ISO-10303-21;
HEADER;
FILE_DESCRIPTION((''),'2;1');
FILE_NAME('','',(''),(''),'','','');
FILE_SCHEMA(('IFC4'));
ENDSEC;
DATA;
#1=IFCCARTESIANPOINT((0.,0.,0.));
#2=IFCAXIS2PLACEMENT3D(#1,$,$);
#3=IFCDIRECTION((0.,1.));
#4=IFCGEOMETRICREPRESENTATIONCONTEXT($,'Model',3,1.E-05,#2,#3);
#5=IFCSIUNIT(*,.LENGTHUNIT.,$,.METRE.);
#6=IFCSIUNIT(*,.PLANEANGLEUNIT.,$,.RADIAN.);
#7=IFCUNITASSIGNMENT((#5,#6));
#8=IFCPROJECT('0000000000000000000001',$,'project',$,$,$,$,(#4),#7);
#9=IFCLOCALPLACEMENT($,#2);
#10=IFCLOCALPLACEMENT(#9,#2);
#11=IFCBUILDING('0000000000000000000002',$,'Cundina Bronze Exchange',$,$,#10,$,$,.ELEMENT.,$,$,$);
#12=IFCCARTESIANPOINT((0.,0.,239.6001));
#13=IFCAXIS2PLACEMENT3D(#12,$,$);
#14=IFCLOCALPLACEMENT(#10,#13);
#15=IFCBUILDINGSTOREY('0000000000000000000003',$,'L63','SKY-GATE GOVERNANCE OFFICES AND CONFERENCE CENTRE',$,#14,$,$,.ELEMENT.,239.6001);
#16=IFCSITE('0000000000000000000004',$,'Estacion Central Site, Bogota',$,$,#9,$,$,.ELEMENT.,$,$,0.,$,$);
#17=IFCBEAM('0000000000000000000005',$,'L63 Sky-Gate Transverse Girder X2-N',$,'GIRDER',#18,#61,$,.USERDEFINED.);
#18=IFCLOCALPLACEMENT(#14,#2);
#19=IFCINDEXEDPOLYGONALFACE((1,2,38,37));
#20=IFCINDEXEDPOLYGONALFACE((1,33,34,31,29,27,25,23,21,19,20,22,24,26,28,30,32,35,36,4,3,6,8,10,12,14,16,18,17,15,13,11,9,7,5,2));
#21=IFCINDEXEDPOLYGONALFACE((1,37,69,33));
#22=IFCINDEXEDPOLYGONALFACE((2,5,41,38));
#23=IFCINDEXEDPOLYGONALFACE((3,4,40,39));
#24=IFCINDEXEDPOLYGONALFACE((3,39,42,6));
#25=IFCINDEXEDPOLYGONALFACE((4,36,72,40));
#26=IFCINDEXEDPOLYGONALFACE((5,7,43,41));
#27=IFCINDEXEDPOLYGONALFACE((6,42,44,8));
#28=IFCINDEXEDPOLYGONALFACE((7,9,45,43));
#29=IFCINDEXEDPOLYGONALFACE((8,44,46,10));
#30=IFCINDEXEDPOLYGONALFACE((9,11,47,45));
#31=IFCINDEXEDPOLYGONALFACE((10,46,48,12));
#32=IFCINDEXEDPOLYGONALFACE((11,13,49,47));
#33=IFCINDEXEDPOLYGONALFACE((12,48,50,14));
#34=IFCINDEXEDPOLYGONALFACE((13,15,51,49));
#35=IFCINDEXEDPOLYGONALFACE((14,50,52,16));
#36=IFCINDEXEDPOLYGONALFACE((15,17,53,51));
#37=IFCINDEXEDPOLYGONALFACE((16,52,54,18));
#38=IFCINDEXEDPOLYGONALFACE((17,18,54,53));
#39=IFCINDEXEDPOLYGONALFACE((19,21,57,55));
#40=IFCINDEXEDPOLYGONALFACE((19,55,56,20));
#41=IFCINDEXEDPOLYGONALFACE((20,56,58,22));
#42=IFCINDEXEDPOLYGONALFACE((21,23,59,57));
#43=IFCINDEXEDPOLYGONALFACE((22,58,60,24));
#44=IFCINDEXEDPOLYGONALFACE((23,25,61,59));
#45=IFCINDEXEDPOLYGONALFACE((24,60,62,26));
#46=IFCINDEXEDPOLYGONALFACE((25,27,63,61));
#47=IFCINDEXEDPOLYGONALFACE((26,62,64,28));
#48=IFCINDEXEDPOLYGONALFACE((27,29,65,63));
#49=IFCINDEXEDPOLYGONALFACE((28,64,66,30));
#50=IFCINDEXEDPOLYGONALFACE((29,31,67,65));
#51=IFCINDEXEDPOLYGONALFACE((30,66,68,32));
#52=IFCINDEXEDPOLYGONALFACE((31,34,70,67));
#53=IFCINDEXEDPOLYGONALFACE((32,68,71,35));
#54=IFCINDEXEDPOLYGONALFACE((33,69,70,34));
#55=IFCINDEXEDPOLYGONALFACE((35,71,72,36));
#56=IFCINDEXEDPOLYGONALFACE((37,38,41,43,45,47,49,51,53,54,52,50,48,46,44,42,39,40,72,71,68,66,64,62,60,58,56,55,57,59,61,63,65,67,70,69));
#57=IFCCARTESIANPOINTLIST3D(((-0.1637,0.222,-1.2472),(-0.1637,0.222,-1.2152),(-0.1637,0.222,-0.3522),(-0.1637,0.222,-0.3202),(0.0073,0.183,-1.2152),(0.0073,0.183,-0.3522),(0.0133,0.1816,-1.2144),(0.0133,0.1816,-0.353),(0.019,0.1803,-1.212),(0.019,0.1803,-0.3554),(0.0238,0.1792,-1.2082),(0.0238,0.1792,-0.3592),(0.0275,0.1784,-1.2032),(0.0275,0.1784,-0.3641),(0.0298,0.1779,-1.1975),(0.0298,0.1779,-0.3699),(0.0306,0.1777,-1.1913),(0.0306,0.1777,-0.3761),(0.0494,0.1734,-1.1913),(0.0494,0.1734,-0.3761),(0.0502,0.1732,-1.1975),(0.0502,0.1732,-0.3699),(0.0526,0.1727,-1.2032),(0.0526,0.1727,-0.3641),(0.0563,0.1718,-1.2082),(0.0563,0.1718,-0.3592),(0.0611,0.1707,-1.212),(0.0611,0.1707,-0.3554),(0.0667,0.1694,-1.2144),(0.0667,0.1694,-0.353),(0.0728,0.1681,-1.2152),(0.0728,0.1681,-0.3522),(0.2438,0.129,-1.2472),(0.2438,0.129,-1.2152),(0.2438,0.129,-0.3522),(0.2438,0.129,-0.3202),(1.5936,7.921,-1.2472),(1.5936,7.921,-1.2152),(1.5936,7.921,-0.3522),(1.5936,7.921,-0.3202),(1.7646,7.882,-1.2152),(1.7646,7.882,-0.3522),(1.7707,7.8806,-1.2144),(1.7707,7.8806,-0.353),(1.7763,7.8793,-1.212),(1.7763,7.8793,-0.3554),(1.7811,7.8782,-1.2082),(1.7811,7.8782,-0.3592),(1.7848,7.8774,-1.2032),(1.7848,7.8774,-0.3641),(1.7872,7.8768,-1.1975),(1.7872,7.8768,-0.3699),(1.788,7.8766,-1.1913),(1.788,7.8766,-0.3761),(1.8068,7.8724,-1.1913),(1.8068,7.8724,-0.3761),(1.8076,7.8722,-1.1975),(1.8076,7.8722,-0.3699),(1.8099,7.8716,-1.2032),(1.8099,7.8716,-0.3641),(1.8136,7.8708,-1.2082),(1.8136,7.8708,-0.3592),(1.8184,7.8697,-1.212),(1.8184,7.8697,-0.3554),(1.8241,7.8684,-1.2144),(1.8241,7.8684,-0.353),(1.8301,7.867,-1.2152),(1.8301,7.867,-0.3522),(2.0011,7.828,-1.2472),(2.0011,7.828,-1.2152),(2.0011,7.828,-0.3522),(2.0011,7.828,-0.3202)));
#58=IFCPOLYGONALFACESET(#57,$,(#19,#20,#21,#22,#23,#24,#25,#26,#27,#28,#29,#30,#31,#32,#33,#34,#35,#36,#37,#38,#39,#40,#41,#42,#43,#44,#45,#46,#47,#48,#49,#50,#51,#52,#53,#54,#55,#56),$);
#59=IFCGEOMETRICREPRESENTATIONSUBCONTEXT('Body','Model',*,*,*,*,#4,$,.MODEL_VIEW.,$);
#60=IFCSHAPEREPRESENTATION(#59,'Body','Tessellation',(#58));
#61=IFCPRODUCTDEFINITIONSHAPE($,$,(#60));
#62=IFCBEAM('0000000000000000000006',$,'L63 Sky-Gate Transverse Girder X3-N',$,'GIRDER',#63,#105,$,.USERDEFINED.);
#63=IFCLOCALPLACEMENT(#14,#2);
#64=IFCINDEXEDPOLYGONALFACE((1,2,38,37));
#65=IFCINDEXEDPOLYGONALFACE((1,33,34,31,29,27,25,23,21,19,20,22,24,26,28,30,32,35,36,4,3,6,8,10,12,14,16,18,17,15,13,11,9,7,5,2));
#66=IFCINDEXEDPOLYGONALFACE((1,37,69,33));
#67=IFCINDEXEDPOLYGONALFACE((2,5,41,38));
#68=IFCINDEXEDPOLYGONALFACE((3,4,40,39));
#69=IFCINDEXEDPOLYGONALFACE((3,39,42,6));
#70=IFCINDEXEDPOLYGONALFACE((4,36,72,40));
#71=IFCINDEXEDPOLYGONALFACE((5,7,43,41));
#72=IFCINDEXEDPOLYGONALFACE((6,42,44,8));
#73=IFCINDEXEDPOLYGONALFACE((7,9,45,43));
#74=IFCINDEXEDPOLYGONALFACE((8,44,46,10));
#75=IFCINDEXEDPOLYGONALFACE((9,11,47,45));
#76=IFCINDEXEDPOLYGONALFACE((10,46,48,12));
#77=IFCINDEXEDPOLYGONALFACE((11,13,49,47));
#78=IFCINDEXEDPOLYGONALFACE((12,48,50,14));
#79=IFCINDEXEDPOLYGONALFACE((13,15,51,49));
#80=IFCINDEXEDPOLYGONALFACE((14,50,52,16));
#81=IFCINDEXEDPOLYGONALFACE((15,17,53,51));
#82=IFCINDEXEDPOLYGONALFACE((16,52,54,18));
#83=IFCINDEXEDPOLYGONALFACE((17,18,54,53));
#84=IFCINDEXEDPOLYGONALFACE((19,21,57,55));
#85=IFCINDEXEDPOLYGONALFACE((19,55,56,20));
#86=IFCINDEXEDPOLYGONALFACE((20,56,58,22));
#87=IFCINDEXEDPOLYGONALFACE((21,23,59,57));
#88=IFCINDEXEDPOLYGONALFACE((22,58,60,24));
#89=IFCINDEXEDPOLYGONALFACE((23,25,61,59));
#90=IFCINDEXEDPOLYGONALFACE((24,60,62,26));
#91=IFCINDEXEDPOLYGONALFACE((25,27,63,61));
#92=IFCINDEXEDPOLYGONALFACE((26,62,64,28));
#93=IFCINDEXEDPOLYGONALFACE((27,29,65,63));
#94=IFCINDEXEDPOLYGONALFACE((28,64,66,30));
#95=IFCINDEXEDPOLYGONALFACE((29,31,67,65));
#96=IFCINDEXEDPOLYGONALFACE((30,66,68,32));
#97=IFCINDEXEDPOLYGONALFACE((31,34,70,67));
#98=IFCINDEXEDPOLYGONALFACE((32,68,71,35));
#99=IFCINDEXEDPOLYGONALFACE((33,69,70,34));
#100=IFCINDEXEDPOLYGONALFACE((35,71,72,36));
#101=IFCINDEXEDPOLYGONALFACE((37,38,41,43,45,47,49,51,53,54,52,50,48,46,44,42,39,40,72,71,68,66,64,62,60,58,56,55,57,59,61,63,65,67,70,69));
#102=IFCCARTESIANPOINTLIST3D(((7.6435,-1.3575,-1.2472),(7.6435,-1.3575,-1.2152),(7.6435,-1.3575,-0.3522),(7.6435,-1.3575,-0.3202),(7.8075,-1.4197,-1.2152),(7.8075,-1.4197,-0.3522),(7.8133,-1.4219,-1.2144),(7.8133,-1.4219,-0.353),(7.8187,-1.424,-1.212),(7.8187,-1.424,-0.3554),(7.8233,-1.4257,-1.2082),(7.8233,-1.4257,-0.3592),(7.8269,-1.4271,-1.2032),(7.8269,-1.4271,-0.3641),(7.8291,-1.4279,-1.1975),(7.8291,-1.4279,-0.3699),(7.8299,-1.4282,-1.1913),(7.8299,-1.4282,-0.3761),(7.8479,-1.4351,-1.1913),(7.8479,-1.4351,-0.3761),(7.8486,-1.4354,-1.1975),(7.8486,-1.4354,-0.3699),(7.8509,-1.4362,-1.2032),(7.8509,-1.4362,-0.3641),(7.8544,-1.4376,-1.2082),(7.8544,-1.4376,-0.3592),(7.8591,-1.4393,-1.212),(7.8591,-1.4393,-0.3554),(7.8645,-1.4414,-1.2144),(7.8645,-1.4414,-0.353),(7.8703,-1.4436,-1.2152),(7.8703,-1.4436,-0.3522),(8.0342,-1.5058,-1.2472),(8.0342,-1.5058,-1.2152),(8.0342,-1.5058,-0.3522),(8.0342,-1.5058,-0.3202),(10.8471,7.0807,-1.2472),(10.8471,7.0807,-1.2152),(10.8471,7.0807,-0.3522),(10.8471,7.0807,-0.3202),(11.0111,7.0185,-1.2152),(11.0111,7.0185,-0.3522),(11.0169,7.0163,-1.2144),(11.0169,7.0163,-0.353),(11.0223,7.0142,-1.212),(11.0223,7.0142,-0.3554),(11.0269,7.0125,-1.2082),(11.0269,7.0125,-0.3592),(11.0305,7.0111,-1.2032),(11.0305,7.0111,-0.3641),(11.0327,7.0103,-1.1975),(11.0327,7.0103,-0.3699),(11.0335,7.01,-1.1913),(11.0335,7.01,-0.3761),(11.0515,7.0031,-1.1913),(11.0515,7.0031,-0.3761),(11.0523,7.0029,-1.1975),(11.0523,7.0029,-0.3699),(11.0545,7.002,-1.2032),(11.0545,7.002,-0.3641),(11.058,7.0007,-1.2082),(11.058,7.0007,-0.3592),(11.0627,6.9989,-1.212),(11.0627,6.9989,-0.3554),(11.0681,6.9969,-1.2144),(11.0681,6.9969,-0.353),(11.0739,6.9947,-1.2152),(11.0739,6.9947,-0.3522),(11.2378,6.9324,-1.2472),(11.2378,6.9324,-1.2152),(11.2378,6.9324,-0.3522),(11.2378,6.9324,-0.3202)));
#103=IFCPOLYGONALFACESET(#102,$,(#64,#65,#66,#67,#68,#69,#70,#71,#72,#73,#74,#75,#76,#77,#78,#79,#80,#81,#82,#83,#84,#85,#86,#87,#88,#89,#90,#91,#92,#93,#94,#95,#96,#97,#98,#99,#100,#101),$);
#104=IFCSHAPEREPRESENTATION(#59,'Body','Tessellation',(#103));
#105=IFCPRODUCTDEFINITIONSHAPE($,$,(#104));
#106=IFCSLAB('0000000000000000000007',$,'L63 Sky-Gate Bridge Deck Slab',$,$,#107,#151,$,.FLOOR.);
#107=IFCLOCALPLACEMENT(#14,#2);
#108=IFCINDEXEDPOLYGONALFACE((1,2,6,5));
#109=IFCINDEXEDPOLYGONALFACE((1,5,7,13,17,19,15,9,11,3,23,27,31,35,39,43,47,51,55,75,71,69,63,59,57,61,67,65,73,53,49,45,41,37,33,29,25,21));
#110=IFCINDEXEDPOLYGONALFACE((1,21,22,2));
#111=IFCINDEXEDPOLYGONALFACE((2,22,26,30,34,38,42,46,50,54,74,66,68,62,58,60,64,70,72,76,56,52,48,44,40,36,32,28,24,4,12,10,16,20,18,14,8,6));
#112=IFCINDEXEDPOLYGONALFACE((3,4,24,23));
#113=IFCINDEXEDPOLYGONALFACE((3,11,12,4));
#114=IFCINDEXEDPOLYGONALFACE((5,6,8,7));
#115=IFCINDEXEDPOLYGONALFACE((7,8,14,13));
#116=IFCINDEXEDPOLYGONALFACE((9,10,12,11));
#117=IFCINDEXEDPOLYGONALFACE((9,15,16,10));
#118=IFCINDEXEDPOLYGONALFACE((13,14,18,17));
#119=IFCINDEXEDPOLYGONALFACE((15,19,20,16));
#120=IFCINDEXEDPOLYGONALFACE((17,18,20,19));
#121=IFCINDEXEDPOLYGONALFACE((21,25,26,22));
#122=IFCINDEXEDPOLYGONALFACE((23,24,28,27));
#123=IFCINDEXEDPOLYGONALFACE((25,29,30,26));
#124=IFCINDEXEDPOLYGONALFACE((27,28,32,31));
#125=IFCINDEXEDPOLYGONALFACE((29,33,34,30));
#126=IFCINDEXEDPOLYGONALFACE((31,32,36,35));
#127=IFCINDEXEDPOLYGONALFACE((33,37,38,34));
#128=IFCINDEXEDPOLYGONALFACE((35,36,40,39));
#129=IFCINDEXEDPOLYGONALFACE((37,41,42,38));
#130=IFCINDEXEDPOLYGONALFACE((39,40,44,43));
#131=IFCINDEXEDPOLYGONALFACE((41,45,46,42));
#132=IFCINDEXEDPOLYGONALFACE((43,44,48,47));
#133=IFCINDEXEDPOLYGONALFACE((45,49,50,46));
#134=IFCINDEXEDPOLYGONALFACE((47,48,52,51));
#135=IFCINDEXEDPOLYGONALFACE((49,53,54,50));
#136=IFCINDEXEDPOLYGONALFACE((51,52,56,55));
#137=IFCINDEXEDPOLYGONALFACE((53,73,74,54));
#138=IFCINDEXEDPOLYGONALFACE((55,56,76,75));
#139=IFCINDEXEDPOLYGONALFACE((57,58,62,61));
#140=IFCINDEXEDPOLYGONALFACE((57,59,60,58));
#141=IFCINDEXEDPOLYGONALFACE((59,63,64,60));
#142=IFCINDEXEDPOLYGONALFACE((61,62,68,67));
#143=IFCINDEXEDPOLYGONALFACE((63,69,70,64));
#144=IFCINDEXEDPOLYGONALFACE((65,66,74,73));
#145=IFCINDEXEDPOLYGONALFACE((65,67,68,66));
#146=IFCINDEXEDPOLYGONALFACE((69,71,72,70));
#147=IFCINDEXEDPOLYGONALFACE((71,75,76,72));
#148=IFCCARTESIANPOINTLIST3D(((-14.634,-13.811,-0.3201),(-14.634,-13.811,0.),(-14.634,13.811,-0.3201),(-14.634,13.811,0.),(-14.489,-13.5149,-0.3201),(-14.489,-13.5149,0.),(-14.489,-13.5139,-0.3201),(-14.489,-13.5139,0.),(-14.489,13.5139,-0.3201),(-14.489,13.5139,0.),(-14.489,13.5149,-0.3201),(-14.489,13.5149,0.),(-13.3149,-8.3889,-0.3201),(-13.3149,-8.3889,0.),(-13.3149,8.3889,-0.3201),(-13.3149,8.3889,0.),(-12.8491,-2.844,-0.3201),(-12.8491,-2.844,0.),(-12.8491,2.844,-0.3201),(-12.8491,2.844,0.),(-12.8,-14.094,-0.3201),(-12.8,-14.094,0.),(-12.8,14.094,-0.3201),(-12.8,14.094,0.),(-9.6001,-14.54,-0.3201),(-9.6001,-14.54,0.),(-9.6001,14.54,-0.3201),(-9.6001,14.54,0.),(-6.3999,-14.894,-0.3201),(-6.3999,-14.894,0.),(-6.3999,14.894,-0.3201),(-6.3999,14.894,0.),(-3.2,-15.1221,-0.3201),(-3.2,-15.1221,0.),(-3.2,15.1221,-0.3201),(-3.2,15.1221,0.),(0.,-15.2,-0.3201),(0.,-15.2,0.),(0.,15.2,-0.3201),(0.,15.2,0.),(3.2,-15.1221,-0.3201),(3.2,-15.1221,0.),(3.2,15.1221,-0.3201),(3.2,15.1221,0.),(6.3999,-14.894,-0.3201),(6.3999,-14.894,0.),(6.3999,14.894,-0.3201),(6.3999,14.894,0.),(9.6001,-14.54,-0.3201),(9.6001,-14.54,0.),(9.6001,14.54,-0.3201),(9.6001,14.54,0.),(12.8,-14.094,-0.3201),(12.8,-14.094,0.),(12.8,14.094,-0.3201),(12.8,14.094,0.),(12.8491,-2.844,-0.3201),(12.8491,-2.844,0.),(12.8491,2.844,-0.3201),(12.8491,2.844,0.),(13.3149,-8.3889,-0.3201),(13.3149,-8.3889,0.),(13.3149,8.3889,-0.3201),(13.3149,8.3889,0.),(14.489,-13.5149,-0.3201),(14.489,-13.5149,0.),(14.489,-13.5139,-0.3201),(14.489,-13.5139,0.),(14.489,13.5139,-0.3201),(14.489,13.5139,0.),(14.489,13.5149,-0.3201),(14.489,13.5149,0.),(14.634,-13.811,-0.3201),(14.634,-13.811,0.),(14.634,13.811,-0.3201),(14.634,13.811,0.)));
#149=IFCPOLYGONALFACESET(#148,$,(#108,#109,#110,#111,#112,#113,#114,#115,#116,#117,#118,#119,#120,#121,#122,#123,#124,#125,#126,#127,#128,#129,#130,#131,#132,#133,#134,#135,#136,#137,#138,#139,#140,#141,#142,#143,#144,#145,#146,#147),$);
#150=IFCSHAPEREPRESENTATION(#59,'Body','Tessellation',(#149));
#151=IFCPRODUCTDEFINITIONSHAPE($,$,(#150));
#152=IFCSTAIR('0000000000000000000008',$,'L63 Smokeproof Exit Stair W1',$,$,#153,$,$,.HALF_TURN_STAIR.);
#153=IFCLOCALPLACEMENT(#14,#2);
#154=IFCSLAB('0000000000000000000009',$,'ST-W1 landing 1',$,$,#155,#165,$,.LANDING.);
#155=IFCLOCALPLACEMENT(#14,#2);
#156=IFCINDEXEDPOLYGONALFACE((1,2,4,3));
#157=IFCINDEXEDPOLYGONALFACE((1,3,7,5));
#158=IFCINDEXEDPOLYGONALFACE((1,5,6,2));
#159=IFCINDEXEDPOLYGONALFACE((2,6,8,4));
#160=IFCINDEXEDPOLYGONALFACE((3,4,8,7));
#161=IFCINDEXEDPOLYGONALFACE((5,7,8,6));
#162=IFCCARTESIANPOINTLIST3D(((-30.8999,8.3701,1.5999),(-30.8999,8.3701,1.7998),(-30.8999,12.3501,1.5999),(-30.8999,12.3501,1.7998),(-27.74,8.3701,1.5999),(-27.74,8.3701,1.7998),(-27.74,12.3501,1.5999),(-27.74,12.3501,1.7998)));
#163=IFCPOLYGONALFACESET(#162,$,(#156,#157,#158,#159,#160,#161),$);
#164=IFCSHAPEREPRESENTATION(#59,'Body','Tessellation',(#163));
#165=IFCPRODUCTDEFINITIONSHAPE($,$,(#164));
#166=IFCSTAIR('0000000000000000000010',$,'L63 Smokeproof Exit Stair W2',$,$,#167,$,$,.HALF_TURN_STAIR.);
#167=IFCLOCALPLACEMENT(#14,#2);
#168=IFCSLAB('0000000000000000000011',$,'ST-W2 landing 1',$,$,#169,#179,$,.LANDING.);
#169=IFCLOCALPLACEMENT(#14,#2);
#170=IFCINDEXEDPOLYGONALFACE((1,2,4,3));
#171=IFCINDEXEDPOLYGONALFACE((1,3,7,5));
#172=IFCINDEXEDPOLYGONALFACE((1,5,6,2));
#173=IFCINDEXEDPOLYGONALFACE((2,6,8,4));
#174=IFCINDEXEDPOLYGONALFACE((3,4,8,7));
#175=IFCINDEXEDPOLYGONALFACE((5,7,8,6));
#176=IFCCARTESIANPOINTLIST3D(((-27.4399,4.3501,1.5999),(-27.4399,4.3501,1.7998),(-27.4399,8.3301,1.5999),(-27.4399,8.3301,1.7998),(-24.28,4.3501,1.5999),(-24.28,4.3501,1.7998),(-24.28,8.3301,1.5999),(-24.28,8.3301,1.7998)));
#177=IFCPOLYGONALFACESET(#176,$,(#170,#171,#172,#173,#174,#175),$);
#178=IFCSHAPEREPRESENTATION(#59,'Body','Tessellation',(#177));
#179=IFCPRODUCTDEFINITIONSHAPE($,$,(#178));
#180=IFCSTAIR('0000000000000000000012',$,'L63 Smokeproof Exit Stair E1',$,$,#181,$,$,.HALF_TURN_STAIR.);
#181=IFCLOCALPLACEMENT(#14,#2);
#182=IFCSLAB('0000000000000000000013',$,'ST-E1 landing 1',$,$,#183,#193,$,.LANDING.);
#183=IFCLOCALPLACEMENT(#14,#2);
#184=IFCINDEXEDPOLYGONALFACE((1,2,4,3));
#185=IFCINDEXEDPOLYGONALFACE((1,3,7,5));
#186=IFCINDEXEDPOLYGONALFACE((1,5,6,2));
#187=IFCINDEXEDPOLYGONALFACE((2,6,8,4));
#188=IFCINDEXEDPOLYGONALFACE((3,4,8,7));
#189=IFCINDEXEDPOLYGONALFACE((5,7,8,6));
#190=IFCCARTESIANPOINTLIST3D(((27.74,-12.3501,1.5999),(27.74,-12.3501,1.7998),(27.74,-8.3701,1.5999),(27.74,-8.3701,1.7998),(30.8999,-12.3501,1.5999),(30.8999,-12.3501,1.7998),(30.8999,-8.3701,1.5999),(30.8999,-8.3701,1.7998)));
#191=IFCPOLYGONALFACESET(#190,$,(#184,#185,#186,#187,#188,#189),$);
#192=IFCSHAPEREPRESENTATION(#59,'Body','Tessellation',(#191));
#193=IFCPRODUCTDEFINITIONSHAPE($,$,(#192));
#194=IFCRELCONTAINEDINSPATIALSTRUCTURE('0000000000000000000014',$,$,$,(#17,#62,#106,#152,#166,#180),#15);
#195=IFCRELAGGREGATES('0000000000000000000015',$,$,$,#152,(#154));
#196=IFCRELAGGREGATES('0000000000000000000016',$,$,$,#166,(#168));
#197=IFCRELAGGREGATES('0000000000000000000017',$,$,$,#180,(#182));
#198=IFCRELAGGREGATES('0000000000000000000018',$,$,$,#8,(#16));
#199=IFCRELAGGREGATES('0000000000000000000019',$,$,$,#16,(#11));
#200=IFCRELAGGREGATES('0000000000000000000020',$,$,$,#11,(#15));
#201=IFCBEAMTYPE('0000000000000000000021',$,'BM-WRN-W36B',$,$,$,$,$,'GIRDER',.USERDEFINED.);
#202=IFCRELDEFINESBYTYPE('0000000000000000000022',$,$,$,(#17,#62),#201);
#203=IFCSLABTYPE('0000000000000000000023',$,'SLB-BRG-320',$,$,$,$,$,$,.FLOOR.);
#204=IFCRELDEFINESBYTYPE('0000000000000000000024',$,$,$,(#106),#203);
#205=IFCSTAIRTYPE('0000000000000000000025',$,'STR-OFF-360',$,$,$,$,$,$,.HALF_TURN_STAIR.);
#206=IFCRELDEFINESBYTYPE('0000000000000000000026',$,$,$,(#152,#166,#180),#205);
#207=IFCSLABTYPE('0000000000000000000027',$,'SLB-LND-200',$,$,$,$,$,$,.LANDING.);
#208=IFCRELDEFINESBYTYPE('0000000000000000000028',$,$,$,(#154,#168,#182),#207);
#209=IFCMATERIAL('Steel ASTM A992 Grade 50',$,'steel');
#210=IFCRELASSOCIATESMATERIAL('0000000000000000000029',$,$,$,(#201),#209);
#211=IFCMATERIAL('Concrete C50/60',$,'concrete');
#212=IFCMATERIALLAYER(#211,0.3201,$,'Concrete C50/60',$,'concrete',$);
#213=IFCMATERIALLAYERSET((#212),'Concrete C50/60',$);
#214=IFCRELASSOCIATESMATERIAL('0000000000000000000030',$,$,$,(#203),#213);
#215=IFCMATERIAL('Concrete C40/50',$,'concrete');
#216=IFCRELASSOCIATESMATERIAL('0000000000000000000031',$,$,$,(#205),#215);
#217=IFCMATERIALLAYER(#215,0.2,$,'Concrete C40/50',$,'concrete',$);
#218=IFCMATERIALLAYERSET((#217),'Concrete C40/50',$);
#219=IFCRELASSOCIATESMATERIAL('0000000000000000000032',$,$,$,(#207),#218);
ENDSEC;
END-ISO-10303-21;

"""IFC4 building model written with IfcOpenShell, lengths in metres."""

from ifc_helpers import new_model, si_unit, direction, frame, origin, origin_2d, place, context, subcontext, project, spatial, polyline, i_section, outline, extrude, material, layer, layer_set, material_profile, profile_set, type_object, element, aggregate, save


model = new_model("IFC4")

# Units and contexts
model_context = context("Model", 3, precision=1e-05, world=origin(), true_north=direction((0.0, 1.0)))
body_context = subcontext(model_context, "Body", "Model", "MODEL_VIEW")
ifc_project = project(units=[si_unit("LENGTHUNIT", "METRE"), si_unit("PLANEANGLEUNIT", "RADIAN")], contexts=[model_context])

# Site, building, storey
site_placement = place(None, origin())
site = spatial("IfcSite", under=ifc_project, at=site_placement, Name="Estacion Central Site, Bogota", CompositionType="ELEMENT", RefElevation=0.0)
building_placement = place(site_placement, origin())
building = spatial("IfcBuilding", under=site, at=building_placement, Name="Cundina Bronze Exchange", CompositionType="ELEMENT")
storey_placement = place(building_placement, frame((0.0, 0.0, 239.6001)))
storey = spatial("IfcBuildingStorey", under=building, at=storey_placement, Name="L63", Description="SKY-GATE GOVERNANCE OFFICES AND CONFERENCE CENTRE", CompositionType="ELEMENT", Elevation=239.6001)

# Shared definitions
ifc_material_1 = material(Name="Steel ASTM A992 Grade 50", Category="steel")

# Beams
ifc_material_profile_1 = material_profile(ifc_material_1, i_section(OverallWidth=0.418, OverallDepth=0.927, WebThickness=0.0193, FlangeThickness=0.032, FilletRadius=0.0239, at=origin_2d()), Name="W36X231", Category="steel")
ifc_profile_set_1 = profile_set([ifc_material_profile_1], Name="Steel ASTM A992 Grade 50")
beam_type_1 = type_object("IfcBeamType", Name="BM-WRN-W36B", ElementType="GIRDER", PredefinedType="USERDEFINED", material=ifc_profile_set_1)
beam_1_placement = place(storey_placement, frame((0.04, 0.1755, -0.7837), z_axis=(0.222531, 0.974926, 0.0), x_axis=(-0.974926, 0.222531, 0.0)))
element("IfcBeam", 1, at=beam_1_placement, inside=storey, type_object=beam_type_1, Name="L63 Sky-Gate Transverse Girder X2-N", ObjectType="GIRDER", PredefinedType="USERDEFINED", context=body_context, shape_type="SweptSolid", body=[
    extrude(i_section(OverallWidth=0.418, OverallDepth=0.927, WebThickness=0.0193, FlangeThickness=0.032, FilletRadius=0.0239, at=origin_2d()), origin(), (0.0, 0.0, 1.0), 7.897),
])
beam_2_placement = place(storey_placement, frame((7.8389, -1.4316, -0.7837), z_axis=(0.354936, 0.934891, 0.0), x_axis=(-0.934891, 0.354936, 0.0)))
element("IfcBeam", 2, at=beam_2_placement, inside=storey, type_object=beam_type_1, Name="L63 Sky-Gate Transverse Girder X3-N", ObjectType="GIRDER", PredefinedType="USERDEFINED", context=body_context, shape_type="SweptSolid", body=[
    extrude(i_section(OverallWidth=0.418, OverallDepth=0.927, WebThickness=0.0193, FlangeThickness=0.032, FilletRadius=0.0239, at=origin_2d()), origin(), (0.0, 0.0, 1.0), 9.0259),
])

# Slab
ifc_material_2 = material(Name="Concrete C50/60", Category="concrete")
ifc_layer_1 = layer(ifc_material_2, 0.3201, Name="Concrete C50/60", Category="concrete")
ifc_layer_set_1 = layer_set([ifc_layer_1], Name="Concrete C50/60")
slab_type_1 = type_object("IfcSlabType", Name="SLB-BRG-320", PredefinedType="FLOOR", material=ifc_layer_set_1)
slab_1_placement = place(storey_placement, frame((0.0, 0.0, -0.3201)))
element("IfcSlab", 3, at=slab_1_placement, inside=storey, type_object=slab_type_1, Name="L63 Sky-Gate Bridge Deck Slab", PredefinedType="FLOOR", context=body_context, shape_type="SweptSolid", body=[
    extrude(outline(polyline([(12.8, -14.094), (9.6001, -14.54), (6.3999, -14.894), (3.2, -15.1221), (0.0, -15.2), (-3.2, -15.1221), (-6.3999, -14.894), (-9.6001, -14.54), (-12.8, -14.094), (-14.634, -13.811), (-14.489, -13.5149), (-14.489, -13.5149), (-14.489, -13.5139), (-13.3149, -8.3889), (-13.3149, -8.3889), (-12.8491, -2.844), (-12.8491, -2.844), (-12.8491, 2.844), (-12.8491, 2.844), (-13.3149, 8.3889), (-13.3149, 8.3889), (-14.489, 13.5139), (-14.489, 13.5149), (-14.489, 13.5149), (-14.634, 13.811), (-12.8, 14.094), (-9.6001, 14.54), (-6.3999, 14.894), (-3.2, 15.1221), (0.0, 15.2), (3.2, 15.1221), (6.3999, 14.894), (9.6001, 14.54), (12.8, 14.094), (14.634, 13.811), (14.489, 13.5149), (14.489, 13.5149), (14.489, 13.5139), (13.3149, 8.3889), (13.3149, 8.3889), (12.8491, 2.844), (12.8491, 2.844), (12.8491, -2.844), (12.8491, -2.844), (13.3149, -8.3889), (13.3149, -8.3889), (14.489, -13.5139), (14.489, -13.5149), (14.489, -13.5149), (14.634, -13.811), (12.8, -14.094)])), origin(), (0.0, 0.0, 1.0), 0.3201),
])

# Stairs, slabs
ifc_material_3 = material(Name="Concrete C40/50", Category="concrete")
stair_type = type_object("IfcStairType", Name="STR-OFF-360", PredefinedType="HALF_TURN_STAIR", material=ifc_material_3)
stair_1_placement = place(storey_placement, origin())
stair_1 = element("IfcStair", 4, at=stair_1_placement, inside=storey, type_object=stair_type, Name="L63 Smokeproof Exit Stair W1", PredefinedType="HALF_TURN_STAIR")
ifc_layer_2 = layer(ifc_material_3, 0.2, Name="Concrete C40/50", Category="concrete")
ifc_layer_set_2 = layer_set([ifc_layer_2], Name="Concrete C40/50")
slab_type_2 = type_object("IfcSlabType", Name="SLB-LND-200", PredefinedType="LANDING", material=ifc_layer_set_2)
slab_2_placement = place(storey_placement, frame((0.0, 0.0, 1.5999)))
slab_2 = element("IfcSlab", 5, at=slab_2_placement, type_object=slab_type_2, Name="ST-W1 landing 1", PredefinedType="LANDING", context=body_context, shape_type="SweptSolid", body=[
    extrude(outline(polyline([(-27.74, 8.3701), (-27.74, 12.3501), (-30.8999, 12.3501), (-30.8999, 8.3701), (-27.74, 8.3701)])), origin(), (0.0, 0.0, 1.0), 0.2),
])
aggregate(stair_1, [slab_2])
stair_2_placement = place(storey_placement, origin())
stair_2 = element("IfcStair", 6, at=stair_2_placement, inside=storey, type_object=stair_type, Name="L63 Smokeproof Exit Stair W2", PredefinedType="HALF_TURN_STAIR")
slab_3_placement = place(storey_placement, frame((0.0, 0.0, 1.5999)))
slab_3 = element("IfcSlab", 7, at=slab_3_placement, type_object=slab_type_2, Name="ST-W2 landing 1", PredefinedType="LANDING", context=body_context, shape_type="SweptSolid", body=[
    extrude(outline(polyline([(-27.4399, 8.3301), (-27.4399, 4.3501), (-24.28, 4.3501), (-24.28, 8.3301), (-27.4399, 8.3301)])), origin(), (0.0, 0.0, 1.0), 0.2),
])
aggregate(stair_2, [slab_3])
stair_3_placement = place(storey_placement, origin())
stair_3 = element("IfcStair", 8, at=stair_3_placement, inside=storey, type_object=stair_type, Name="L63 Smokeproof Exit Stair E1", PredefinedType="HALF_TURN_STAIR")
slab_4_placement = place(storey_placement, frame((0.0, 0.0, 1.5999)))
slab_4 = element("IfcSlab", 9, at=slab_4_placement, type_object=slab_type_2, Name="ST-E1 landing 1", PredefinedType="LANDING", context=body_context, shape_type="SweptSolid", body=[
    extrude(outline(polyline([(27.74, -8.3701), (27.74, -12.3501), (30.8999, -12.3501), (30.8999, -8.3701), (27.74, -8.3701)])), origin(), (0.0, 0.0, 1.0), 0.2),
])
aggregate(stair_3, [slab_4])

save(model, "model.ifc")
